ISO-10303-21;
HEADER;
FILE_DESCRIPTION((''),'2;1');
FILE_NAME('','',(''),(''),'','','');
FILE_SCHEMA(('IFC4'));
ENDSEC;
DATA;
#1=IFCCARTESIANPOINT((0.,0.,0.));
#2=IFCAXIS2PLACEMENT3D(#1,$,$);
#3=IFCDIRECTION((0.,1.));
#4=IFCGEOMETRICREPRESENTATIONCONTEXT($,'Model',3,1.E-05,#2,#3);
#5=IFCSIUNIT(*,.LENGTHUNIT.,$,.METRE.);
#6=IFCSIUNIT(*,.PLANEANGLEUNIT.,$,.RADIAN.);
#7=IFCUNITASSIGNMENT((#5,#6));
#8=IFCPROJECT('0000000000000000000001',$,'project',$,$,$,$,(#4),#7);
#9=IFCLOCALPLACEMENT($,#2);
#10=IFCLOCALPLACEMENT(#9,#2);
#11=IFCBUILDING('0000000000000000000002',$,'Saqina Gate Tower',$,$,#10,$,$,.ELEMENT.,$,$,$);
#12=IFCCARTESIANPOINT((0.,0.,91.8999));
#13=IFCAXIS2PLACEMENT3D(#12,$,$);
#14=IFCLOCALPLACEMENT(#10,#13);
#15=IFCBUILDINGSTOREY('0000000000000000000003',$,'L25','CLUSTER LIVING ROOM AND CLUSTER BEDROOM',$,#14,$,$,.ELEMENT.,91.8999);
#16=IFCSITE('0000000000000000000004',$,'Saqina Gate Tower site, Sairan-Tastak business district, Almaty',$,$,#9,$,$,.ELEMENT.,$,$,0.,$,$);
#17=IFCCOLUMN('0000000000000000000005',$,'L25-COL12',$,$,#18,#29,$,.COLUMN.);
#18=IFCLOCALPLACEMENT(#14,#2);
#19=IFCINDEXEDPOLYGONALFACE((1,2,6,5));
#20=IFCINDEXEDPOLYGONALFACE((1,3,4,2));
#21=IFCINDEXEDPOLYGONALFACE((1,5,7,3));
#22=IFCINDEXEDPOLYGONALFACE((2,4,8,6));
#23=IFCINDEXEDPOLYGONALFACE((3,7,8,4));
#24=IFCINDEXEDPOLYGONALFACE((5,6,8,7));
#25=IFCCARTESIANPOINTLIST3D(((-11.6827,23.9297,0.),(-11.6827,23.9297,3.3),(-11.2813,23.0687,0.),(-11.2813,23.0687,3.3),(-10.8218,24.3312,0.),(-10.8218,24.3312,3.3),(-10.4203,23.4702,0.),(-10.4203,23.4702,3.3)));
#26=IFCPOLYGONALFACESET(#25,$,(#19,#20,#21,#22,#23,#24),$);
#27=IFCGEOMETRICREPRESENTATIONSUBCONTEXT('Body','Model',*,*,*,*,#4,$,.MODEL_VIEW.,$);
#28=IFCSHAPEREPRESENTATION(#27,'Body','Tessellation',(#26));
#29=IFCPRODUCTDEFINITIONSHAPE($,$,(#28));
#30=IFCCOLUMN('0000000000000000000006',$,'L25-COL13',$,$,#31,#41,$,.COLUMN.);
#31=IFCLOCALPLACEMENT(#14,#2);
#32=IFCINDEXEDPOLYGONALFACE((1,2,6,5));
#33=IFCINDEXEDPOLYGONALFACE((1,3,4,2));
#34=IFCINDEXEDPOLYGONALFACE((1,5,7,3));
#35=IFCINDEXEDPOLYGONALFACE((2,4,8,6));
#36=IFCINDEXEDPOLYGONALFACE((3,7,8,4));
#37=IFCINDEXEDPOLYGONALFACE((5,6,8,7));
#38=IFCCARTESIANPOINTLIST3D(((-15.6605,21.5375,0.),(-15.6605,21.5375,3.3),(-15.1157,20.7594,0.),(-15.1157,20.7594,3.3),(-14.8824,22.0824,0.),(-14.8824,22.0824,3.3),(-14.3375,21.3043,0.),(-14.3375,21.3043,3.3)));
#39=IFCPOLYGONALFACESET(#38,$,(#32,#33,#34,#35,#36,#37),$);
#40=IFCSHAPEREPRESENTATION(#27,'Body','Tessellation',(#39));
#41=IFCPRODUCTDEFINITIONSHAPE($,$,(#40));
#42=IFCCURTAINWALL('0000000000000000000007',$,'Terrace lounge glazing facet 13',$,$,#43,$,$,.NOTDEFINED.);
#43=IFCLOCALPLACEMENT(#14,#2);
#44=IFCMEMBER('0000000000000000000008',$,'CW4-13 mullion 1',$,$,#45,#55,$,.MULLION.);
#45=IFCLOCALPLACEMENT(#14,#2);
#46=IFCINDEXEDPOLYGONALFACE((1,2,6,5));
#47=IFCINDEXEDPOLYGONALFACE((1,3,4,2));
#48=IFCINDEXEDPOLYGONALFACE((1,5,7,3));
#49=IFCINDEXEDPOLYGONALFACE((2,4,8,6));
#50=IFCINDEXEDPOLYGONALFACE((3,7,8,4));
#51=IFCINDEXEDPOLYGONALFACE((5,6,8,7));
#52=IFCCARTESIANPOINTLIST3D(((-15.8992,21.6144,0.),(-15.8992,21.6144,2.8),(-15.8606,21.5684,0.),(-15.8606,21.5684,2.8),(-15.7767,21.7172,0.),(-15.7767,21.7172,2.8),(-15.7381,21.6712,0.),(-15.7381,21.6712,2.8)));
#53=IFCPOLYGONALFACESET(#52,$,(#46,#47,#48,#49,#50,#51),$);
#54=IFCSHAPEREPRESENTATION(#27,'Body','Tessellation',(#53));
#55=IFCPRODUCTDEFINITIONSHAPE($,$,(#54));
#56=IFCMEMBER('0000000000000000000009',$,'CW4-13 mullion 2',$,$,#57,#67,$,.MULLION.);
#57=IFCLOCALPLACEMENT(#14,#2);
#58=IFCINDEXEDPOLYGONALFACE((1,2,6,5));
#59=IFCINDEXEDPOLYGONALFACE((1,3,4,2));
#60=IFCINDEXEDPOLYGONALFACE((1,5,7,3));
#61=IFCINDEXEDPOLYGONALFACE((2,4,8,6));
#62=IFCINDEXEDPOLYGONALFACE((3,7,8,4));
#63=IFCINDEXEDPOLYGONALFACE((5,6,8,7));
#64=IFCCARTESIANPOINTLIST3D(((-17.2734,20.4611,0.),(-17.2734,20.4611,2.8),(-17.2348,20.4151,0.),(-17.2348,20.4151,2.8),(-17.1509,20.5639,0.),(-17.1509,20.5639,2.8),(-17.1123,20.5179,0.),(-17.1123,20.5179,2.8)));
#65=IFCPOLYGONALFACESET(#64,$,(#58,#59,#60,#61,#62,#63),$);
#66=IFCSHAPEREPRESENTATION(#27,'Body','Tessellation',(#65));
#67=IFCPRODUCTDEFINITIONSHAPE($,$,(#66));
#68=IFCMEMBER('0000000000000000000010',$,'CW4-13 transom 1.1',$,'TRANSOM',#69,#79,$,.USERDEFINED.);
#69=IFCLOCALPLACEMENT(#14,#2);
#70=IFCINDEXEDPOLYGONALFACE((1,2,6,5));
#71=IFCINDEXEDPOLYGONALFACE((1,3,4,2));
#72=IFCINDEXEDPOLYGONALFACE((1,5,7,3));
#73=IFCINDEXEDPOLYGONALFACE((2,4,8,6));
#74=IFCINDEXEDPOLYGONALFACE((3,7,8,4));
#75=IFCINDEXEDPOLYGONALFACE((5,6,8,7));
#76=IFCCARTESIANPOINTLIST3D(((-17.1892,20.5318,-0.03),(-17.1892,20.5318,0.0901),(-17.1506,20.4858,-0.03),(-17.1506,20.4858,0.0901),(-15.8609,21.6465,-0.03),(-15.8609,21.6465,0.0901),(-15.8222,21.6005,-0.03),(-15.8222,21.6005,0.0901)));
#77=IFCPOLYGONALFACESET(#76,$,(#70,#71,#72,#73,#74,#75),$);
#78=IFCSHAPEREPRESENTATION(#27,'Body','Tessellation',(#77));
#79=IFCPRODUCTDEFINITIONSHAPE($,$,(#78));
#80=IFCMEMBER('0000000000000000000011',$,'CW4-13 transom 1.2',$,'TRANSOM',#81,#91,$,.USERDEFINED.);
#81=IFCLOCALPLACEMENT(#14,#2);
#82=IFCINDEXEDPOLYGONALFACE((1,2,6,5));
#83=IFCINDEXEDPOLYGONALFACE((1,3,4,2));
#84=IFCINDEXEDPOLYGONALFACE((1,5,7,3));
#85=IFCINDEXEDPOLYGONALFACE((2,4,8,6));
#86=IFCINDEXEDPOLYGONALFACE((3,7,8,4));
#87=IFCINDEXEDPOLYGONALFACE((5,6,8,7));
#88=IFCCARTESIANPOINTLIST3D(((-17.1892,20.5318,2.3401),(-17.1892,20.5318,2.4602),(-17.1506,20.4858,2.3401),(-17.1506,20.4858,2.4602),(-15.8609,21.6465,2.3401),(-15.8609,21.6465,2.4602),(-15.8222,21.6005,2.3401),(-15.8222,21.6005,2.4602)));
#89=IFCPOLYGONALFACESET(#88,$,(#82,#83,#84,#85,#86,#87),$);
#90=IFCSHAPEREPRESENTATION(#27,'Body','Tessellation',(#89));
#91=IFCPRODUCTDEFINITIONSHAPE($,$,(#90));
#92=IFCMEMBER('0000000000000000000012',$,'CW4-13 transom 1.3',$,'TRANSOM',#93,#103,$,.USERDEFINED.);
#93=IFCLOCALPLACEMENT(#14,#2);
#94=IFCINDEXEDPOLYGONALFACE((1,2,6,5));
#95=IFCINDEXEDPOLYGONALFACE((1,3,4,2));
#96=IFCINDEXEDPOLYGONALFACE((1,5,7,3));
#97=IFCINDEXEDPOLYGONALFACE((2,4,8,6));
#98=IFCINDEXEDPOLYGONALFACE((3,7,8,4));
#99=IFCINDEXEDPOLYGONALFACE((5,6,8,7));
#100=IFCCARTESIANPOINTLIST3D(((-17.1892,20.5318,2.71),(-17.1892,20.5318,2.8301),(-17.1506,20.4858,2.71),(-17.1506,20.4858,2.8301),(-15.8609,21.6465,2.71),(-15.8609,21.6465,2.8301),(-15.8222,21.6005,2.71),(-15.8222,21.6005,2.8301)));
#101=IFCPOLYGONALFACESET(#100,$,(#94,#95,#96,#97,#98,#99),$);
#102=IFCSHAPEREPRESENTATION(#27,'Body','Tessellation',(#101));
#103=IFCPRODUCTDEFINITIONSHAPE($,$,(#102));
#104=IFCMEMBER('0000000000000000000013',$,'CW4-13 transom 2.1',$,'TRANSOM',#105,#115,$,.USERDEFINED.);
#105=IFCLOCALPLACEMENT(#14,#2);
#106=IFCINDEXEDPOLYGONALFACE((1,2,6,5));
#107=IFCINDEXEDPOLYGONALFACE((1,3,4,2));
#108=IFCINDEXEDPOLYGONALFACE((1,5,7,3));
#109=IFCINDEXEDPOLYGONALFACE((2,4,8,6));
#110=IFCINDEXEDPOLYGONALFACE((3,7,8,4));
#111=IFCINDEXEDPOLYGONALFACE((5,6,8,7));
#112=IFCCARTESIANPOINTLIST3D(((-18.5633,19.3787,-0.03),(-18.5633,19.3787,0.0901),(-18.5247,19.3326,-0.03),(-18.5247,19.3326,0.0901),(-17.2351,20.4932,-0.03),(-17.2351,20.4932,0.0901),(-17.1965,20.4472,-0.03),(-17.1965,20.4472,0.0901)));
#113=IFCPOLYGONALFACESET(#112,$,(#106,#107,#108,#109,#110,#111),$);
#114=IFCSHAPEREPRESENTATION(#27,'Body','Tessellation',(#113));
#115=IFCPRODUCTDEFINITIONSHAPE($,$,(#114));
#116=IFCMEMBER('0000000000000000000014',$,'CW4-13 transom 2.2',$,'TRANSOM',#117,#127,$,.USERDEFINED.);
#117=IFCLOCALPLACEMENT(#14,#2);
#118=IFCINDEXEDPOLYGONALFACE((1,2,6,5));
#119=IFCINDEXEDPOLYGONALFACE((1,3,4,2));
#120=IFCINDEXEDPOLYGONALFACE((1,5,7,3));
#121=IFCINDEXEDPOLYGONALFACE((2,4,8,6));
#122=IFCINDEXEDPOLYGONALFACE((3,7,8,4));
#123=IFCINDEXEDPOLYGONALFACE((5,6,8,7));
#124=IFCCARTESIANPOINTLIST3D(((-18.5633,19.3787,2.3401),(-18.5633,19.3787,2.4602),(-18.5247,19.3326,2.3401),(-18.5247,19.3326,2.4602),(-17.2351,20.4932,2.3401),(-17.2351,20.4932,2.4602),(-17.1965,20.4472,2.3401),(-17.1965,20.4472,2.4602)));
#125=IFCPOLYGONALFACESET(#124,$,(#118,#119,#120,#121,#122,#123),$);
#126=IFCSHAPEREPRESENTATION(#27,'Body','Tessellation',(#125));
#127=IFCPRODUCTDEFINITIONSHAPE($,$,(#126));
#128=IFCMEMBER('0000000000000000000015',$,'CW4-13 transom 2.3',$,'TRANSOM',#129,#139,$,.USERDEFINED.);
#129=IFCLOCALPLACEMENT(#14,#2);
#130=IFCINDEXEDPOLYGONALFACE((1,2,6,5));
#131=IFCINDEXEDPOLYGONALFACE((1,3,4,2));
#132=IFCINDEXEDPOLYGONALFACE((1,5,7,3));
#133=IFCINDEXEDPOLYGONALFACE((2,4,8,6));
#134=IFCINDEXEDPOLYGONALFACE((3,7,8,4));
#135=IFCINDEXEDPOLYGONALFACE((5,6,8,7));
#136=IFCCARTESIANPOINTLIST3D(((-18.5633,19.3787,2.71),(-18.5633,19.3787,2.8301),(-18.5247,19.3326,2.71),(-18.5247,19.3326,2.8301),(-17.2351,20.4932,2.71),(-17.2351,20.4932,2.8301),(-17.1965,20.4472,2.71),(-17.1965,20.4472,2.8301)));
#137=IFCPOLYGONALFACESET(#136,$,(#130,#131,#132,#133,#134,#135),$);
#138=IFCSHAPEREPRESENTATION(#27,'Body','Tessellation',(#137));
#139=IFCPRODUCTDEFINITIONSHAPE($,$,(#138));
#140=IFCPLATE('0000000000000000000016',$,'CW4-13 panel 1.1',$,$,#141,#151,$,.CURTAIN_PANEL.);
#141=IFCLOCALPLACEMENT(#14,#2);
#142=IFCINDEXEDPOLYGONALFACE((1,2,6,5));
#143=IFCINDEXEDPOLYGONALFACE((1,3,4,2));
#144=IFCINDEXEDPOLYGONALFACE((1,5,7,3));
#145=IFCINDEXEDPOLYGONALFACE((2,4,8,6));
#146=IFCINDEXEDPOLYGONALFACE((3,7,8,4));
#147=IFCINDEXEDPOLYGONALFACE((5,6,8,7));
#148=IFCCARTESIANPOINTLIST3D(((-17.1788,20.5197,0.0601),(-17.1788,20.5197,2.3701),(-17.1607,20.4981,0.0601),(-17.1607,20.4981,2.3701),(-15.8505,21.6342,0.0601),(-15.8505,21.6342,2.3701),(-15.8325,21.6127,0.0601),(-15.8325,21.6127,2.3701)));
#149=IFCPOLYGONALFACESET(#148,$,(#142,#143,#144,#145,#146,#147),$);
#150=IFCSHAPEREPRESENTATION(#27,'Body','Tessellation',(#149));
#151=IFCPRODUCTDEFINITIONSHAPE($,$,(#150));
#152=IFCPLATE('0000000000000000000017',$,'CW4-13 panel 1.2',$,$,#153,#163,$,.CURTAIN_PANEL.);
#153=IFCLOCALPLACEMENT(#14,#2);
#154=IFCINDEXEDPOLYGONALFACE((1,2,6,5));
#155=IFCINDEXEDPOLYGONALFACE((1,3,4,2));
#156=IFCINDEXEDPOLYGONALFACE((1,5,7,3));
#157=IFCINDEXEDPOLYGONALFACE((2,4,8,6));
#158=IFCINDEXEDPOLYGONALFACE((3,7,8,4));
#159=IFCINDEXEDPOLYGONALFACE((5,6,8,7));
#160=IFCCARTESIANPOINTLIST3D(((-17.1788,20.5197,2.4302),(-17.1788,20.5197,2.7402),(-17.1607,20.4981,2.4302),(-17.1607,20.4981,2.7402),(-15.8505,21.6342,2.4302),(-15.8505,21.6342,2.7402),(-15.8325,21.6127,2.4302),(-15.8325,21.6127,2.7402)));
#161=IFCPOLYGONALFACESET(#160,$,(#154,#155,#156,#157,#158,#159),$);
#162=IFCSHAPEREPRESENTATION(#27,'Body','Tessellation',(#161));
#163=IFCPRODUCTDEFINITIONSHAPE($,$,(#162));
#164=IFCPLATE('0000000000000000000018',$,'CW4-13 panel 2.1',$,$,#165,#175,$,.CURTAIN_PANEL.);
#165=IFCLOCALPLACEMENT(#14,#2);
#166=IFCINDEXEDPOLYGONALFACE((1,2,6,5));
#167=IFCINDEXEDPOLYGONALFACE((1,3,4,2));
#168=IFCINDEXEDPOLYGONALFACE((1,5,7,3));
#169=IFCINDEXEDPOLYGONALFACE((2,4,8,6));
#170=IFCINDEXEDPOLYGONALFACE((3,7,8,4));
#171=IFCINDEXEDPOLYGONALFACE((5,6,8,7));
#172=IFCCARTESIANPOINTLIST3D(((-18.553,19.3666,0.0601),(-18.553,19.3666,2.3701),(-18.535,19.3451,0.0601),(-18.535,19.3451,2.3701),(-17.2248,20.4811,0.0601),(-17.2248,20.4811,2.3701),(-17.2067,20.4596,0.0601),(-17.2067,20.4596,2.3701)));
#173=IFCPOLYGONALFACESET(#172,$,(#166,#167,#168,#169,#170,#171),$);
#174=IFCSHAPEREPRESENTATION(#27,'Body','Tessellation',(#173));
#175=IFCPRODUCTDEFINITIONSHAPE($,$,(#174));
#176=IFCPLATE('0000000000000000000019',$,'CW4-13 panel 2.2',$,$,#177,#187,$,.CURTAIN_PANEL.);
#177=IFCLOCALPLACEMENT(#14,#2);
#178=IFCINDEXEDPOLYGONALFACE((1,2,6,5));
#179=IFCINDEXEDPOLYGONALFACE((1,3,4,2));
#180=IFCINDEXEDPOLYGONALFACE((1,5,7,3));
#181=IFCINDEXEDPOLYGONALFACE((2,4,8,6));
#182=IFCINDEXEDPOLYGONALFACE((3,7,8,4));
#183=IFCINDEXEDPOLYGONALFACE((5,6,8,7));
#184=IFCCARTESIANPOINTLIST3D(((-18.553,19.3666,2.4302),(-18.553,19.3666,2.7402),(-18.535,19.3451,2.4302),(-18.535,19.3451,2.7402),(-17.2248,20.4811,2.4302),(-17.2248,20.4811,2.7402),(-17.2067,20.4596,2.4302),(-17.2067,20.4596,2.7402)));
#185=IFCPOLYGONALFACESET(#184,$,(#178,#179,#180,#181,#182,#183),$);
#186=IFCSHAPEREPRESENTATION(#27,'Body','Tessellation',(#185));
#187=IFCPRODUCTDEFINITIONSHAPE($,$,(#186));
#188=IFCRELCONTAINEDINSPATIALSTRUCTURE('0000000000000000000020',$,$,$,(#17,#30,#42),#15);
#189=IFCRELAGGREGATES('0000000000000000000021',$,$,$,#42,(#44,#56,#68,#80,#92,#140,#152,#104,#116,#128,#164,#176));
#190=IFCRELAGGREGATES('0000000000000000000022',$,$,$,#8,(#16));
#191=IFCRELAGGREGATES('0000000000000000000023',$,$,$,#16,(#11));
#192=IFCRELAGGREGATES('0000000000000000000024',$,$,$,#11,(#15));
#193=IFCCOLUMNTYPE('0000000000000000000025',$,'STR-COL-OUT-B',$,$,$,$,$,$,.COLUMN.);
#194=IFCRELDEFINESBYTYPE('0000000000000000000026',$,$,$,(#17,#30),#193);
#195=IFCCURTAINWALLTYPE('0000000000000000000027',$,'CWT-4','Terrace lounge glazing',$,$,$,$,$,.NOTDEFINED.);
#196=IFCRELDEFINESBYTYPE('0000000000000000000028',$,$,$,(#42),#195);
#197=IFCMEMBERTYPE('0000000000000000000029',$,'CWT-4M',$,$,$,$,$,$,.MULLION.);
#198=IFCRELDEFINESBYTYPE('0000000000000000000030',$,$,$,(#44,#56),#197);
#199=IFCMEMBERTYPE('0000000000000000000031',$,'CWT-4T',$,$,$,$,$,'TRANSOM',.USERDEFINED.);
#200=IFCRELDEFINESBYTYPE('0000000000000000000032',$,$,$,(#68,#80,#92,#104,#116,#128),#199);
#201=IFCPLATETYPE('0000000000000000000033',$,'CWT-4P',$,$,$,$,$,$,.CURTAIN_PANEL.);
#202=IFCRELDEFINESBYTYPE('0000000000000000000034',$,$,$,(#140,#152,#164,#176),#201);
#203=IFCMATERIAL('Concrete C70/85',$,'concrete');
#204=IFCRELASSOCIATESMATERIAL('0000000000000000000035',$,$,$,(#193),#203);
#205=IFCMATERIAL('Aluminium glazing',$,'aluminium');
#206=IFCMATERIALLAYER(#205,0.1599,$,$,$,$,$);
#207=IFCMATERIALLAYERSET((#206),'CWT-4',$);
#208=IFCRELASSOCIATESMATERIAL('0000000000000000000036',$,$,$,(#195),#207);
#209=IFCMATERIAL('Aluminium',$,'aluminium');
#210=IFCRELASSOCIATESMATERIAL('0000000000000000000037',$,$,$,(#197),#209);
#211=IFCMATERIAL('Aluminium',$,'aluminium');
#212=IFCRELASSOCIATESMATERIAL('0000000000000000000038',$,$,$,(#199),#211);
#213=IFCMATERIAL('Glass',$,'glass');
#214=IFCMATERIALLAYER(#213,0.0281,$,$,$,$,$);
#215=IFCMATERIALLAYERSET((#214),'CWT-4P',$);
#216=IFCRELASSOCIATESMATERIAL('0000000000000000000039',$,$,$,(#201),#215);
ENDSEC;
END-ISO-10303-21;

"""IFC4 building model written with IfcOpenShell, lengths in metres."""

from ifc_helpers import new_model, si_unit, direction, frame, origin, origin_2d, place, context, subcontext, project, spatial, rectangle, extrude, material, layer, layer_set, material_profile, profile_set, type_object, element, aggregate, save


model = new_model("IFC4")

# Units and contexts
model_context = context("Model", 3, precision=1e-05, world=origin(), true_north=direction((0.0, 1.0)))
body_context = subcontext(model_context, "Body", "Model", "MODEL_VIEW")
ifc_project = project(units=[si_unit("LENGTHUNIT", "METRE"), si_unit("PLANEANGLEUNIT", "RADIAN")], contexts=[model_context])

# Site, building, storey
site_placement = place(None, origin())
site = spatial("IfcSite", under=ifc_project, at=site_placement, Name="Saqina Gate Tower site, Sairan-Tastak business district, Almaty", CompositionType="ELEMENT", RefElevation=0.0)
building_placement = place(site_placement, origin())
building = spatial("IfcBuilding", under=site, at=building_placement, Name="Saqina Gate Tower", CompositionType="ELEMENT")
storey_placement = place(building_placement, frame((0.0, 0.0, 91.8999)))
storey = spatial("IfcBuildingStorey", under=building, at=storey_placement, Name="L25", Description="CLUSTER LIVING ROOM AND CLUSTER BEDROOM", CompositionType="ELEMENT", Elevation=91.8999)

# Columns
ifc_material_1 = material(Name="Concrete C70/85", Category="concrete")
ifc_material_profile_1 = material_profile(ifc_material_1, rectangle(XDim=0.95, YDim=0.95, at=origin_2d()), Name="RC 950x950")
ifc_profile_set_1 = profile_set([ifc_material_profile_1], Name="Concrete C70/85")
column_type = type_object("IfcColumnType", Name="STR-COL-OUT-B", PredefinedType="COLUMN", material=ifc_profile_set_1)
for number, where, z_axis, x_axis, name in (
    (1, (-11.0515, 23.7, 0.0), (0.0, 0.0, 1.0), (-0.422618, 0.906308, 0.0), "L25-COL12"),
    (2, (-14.999, 21.4209, 0.0), (0.0, 0.0, 1.0), (-0.573576, 0.819152, 0.0), "L25-COL13"),
):
    element("IfcColumn", number, at=place(storey_placement, frame(where, z_axis=z_axis, x_axis=x_axis)), inside=storey, type_object=column_type, Name=name, PredefinedType="COLUMN", context=body_context, shape_type="SweptSolid", body=[
        extrude(rectangle(XDim=0.95, YDim=0.95, at=origin_2d()), origin(), (0.0, 0.0, 1.0), 3.3),
    ])

# Curtain wall, members, plates
ifc_material_2 = material(Name="Aluminium glazing", Category="aluminium")
ifc_layer_1 = layer(ifc_material_2, 0.1599)
ifc_layer_set_1 = layer_set([ifc_layer_1], Name="CWT-4")
curtain_wall_type = type_object("IfcCurtainWallType", Name="CWT-4", Description="Terrace lounge glazing", PredefinedType="NOTDEFINED", material=ifc_layer_set_1)
curtain_wall_placement = place(storey_placement, origin())
curtain_wall = element("IfcCurtainWall", 3, at=curtain_wall_placement, inside=storey, type_object=curtain_wall_type, Name="Terrace lounge glazing facet 13", PredefinedType="NOTDEFINED")
ifc_material_3 = material(Name="Aluminium", Category="aluminium")
ifc_material_profile_2 = material_profile(ifc_material_3, rectangle(XDim=0.0601, YDim=0.1599, at=origin_2d()), Name="Aluminium 60x160")
ifc_profile_set_2 = profile_set([ifc_material_profile_2], Name="Aluminium")
member_type_1 = type_object("IfcMemberType", Name="CWT-4M", PredefinedType="MULLION", material=ifc_profile_set_2)
member_1_placement = place(storey_placement, frame((-15.8186, 21.6428, 0.0), z_axis=(0.0, 0.0, 1.0), x_axis=(0.642791, -0.766042, 0.0)))
member_1 = element("IfcMember", 4, at=member_1_placement, type_object=member_type_1, Name="CW4-13 mullion 1", PredefinedType="MULLION", context=body_context, shape_type="SweptSolid", body=[
    extrude(rectangle(XDim=0.0601, YDim=0.1599, at=origin_2d()), origin(), (0.0, 0.0, 1.0), 2.8),
])
member_2_placement = place(storey_placement, frame((-17.1929, 20.4895, 0.0), z_axis=(0.0, 0.0, 1.0), x_axis=(0.642791, -0.766042, 0.0)))
member_2 = element("IfcMember", 5, at=member_2_placement, type_object=member_type_1, Name="CW4-13 mullion 2", PredefinedType="MULLION", context=body_context, shape_type="SweptSolid", body=[
    extrude(rectangle(XDim=0.0601, YDim=0.1599, at=origin_2d()), origin(), (0.0, 0.0, 1.0), 2.8),
])
ifc_material_4 = material(Name="Aluminium", Category="aluminium")
ifc_material_profile_3 = material_profile(ifc_material_4, rectangle(XDim=0.0601, YDim=0.1201, at=origin_2d()), Name="Aluminium 60x120")
ifc_profile_set_3 = profile_set([ifc_material_profile_3], Name="Aluminium")
member_type_2 = type_object("IfcMemberType", Name="CWT-4T", ElementType="TRANSOM", PredefinedType="USERDEFINED", material=ifc_profile_set_3)
member_3_placement = place(storey_placement, frame((-15.8416, 21.6235, 0.03), z_axis=(-0.766013, -0.642826, 0.0), x_axis=(0.642826, -0.766013, 0.0)))
member_3 = element("IfcMember", 6, at=member_3_placement, type_object=member_type_2, Name="CW4-13 transom 1.1", ObjectType="TRANSOM", PredefinedType="USERDEFINED", context=body_context, shape_type="SweptSolid", body=[
    extrude(rectangle(XDim=0.0601, YDim=0.1201, at=origin_2d()), origin(), (0.0, 0.0, 1.0), 1.7341),
])
member_4_placement = place(storey_placement, frame((-15.8416, 21.6235, 2.4001), z_axis=(-0.766013, -0.642826, 0.0), x_axis=(0.642826, -0.766013, 0.0)))
member_4 = element("IfcMember", 7, at=member_4_placement, type_object=member_type_2, Name="CW4-13 transom 1.2", ObjectType="TRANSOM", PredefinedType="USERDEFINED", context=body_context, shape_type="SweptSolid", body=[
    extrude(rectangle(XDim=0.0601, YDim=0.1201, at=origin_2d()), origin(), (0.0, 0.0, 1.0), 1.7341),
])
member_5_placement = place(storey_placement, frame((-15.8416, 21.6235, 2.77), z_axis=(-0.766013, -0.642826, 0.0), x_axis=(0.642826, -0.766013, 0.0)))
member_5 = element("IfcMember", 8, at=member_5_placement, type_object=member_type_2, Name="CW4-13 transom 1.3", ObjectType="TRANSOM", PredefinedType="USERDEFINED", context=body_context, shape_type="SweptSolid", body=[
    extrude(rectangle(XDim=0.0601, YDim=0.1201, at=origin_2d()), origin(), (0.0, 0.0, 1.0), 1.7341),
])
member_6_placement = place(storey_placement, frame((-17.2158, 20.4702, 0.03), z_axis=(-0.766024, -0.642812, 0.0), x_axis=(0.642812, -0.766024, 0.0)))
member_6 = element("IfcMember", 9, at=member_6_placement, type_object=member_type_2, Name="CW4-13 transom 2.1", ObjectType="TRANSOM", PredefinedType="USERDEFINED", context=body_context, shape_type="SweptSolid", body=[
    extrude(rectangle(XDim=0.0601, YDim=0.1201, at=origin_2d()), origin(), (0.0, 0.0, 1.0), 1.7339),
])
member_7_placement = place(storey_placement, frame((-17.2158, 20.4702, 2.4001), z_axis=(-0.766024, -0.642812, 0.0), x_axis=(0.642812, -0.766024, 0.0)))
member_7 = element("IfcMember", 10, at=member_7_placement, type_object=member_type_2, Name="CW4-13 transom 2.2", ObjectType="TRANSOM", PredefinedType="USERDEFINED", context=body_context, shape_type="SweptSolid", body=[
    extrude(rectangle(XDim=0.0601, YDim=0.1201, at=origin_2d()), origin(), (0.0, 0.0, 1.0), 1.7339),
])
member_8_placement = place(storey_placement, frame((-17.2158, 20.4702, 2.77), z_axis=(-0.766024, -0.642812, 0.0), x_axis=(0.642812, -0.766024, 0.0)))
member_8 = element("IfcMember", 11, at=member_8_placement, type_object=member_type_2, Name="CW4-13 transom 2.3", ObjectType="TRANSOM", PredefinedType="USERDEFINED", context=body_context, shape_type="SweptSolid", body=[
    extrude(rectangle(XDim=0.0601, YDim=0.1201, at=origin_2d()), origin(), (0.0, 0.0, 1.0), 1.7339),
])
ifc_material_5 = material(Name="Glass", Category="glass")
ifc_layer_2 = layer(ifc_material_5, 0.0281)
ifc_layer_set_2 = layer_set([ifc_layer_2], Name="CWT-4P")
plate_type = type_object("IfcPlateType", Name="CWT-4P", PredefinedType="CURTAIN_PANEL", material=ifc_layer_set_2)
plate_1_placement = place(storey_placement, frame((-16.5056, 21.0662, 0.0601), z_axis=(0.0, 0.0, 1.0), x_axis=(-0.766042, -0.642791, 0.0)))
plate_1 = element("IfcPlate", 12, at=plate_1_placement, type_object=plate_type, Name="CW4-13 panel 1.1", PredefinedType="CURTAIN_PANEL", context=body_context, shape_type="SweptSolid", body=[
    extrude(rectangle(XDim=1.7339, YDim=0.0281, at=origin_2d()), origin(), (0.0, 0.0, 1.0), 2.3101),
])
plate_2_placement = place(storey_placement, frame((-16.5056, 21.0662, 2.4302), z_axis=(0.0, 0.0, 1.0), x_axis=(-0.766042, -0.642791, 0.0)))
plate_2 = element("IfcPlate", 13, at=plate_2_placement, type_object=plate_type, Name="CW4-13 panel 1.2", PredefinedType="CURTAIN_PANEL", context=body_context, shape_type="SweptSolid", body=[
    extrude(rectangle(XDim=1.7339, YDim=0.0281, at=origin_2d()), origin(), (0.0, 0.0, 1.0), 0.3101),
])
plate_3_placement = place(storey_placement, frame((-17.8799, 19.9131, 0.0601), z_axis=(0.0, 0.0, 1.0), x_axis=(-0.766042, -0.642791, 0.0)))
plate_3 = element("IfcPlate", 14, at=plate_3_placement, type_object=plate_type, Name="CW4-13 panel 2.1", PredefinedType="CURTAIN_PANEL", context=body_context, shape_type="SweptSolid", body=[
    extrude(rectangle(XDim=1.7339, YDim=0.0281, at=origin_2d()), origin(), (0.0, 0.0, 1.0), 2.3101),
])
plate_4_placement = place(storey_placement, frame((-17.8799, 19.9131, 2.4302), z_axis=(0.0, 0.0, 1.0), x_axis=(-0.766042, -0.642791, 0.0)))
plate_4 = element("IfcPlate", 15, at=plate_4_placement, type_object=plate_type, Name="CW4-13 panel 2.2", PredefinedType="CURTAIN_PANEL", context=body_context, shape_type="SweptSolid", body=[
    extrude(rectangle(XDim=1.7339, YDim=0.0281, at=origin_2d()), origin(), (0.0, 0.0, 1.0), 0.3101),
])
aggregate(curtain_wall, [member_1, member_2, member_3, member_4, member_5, plate_1, plate_2, member_6, member_7, member_8, plate_3, plate_4])

save(model, "model.ifc")
